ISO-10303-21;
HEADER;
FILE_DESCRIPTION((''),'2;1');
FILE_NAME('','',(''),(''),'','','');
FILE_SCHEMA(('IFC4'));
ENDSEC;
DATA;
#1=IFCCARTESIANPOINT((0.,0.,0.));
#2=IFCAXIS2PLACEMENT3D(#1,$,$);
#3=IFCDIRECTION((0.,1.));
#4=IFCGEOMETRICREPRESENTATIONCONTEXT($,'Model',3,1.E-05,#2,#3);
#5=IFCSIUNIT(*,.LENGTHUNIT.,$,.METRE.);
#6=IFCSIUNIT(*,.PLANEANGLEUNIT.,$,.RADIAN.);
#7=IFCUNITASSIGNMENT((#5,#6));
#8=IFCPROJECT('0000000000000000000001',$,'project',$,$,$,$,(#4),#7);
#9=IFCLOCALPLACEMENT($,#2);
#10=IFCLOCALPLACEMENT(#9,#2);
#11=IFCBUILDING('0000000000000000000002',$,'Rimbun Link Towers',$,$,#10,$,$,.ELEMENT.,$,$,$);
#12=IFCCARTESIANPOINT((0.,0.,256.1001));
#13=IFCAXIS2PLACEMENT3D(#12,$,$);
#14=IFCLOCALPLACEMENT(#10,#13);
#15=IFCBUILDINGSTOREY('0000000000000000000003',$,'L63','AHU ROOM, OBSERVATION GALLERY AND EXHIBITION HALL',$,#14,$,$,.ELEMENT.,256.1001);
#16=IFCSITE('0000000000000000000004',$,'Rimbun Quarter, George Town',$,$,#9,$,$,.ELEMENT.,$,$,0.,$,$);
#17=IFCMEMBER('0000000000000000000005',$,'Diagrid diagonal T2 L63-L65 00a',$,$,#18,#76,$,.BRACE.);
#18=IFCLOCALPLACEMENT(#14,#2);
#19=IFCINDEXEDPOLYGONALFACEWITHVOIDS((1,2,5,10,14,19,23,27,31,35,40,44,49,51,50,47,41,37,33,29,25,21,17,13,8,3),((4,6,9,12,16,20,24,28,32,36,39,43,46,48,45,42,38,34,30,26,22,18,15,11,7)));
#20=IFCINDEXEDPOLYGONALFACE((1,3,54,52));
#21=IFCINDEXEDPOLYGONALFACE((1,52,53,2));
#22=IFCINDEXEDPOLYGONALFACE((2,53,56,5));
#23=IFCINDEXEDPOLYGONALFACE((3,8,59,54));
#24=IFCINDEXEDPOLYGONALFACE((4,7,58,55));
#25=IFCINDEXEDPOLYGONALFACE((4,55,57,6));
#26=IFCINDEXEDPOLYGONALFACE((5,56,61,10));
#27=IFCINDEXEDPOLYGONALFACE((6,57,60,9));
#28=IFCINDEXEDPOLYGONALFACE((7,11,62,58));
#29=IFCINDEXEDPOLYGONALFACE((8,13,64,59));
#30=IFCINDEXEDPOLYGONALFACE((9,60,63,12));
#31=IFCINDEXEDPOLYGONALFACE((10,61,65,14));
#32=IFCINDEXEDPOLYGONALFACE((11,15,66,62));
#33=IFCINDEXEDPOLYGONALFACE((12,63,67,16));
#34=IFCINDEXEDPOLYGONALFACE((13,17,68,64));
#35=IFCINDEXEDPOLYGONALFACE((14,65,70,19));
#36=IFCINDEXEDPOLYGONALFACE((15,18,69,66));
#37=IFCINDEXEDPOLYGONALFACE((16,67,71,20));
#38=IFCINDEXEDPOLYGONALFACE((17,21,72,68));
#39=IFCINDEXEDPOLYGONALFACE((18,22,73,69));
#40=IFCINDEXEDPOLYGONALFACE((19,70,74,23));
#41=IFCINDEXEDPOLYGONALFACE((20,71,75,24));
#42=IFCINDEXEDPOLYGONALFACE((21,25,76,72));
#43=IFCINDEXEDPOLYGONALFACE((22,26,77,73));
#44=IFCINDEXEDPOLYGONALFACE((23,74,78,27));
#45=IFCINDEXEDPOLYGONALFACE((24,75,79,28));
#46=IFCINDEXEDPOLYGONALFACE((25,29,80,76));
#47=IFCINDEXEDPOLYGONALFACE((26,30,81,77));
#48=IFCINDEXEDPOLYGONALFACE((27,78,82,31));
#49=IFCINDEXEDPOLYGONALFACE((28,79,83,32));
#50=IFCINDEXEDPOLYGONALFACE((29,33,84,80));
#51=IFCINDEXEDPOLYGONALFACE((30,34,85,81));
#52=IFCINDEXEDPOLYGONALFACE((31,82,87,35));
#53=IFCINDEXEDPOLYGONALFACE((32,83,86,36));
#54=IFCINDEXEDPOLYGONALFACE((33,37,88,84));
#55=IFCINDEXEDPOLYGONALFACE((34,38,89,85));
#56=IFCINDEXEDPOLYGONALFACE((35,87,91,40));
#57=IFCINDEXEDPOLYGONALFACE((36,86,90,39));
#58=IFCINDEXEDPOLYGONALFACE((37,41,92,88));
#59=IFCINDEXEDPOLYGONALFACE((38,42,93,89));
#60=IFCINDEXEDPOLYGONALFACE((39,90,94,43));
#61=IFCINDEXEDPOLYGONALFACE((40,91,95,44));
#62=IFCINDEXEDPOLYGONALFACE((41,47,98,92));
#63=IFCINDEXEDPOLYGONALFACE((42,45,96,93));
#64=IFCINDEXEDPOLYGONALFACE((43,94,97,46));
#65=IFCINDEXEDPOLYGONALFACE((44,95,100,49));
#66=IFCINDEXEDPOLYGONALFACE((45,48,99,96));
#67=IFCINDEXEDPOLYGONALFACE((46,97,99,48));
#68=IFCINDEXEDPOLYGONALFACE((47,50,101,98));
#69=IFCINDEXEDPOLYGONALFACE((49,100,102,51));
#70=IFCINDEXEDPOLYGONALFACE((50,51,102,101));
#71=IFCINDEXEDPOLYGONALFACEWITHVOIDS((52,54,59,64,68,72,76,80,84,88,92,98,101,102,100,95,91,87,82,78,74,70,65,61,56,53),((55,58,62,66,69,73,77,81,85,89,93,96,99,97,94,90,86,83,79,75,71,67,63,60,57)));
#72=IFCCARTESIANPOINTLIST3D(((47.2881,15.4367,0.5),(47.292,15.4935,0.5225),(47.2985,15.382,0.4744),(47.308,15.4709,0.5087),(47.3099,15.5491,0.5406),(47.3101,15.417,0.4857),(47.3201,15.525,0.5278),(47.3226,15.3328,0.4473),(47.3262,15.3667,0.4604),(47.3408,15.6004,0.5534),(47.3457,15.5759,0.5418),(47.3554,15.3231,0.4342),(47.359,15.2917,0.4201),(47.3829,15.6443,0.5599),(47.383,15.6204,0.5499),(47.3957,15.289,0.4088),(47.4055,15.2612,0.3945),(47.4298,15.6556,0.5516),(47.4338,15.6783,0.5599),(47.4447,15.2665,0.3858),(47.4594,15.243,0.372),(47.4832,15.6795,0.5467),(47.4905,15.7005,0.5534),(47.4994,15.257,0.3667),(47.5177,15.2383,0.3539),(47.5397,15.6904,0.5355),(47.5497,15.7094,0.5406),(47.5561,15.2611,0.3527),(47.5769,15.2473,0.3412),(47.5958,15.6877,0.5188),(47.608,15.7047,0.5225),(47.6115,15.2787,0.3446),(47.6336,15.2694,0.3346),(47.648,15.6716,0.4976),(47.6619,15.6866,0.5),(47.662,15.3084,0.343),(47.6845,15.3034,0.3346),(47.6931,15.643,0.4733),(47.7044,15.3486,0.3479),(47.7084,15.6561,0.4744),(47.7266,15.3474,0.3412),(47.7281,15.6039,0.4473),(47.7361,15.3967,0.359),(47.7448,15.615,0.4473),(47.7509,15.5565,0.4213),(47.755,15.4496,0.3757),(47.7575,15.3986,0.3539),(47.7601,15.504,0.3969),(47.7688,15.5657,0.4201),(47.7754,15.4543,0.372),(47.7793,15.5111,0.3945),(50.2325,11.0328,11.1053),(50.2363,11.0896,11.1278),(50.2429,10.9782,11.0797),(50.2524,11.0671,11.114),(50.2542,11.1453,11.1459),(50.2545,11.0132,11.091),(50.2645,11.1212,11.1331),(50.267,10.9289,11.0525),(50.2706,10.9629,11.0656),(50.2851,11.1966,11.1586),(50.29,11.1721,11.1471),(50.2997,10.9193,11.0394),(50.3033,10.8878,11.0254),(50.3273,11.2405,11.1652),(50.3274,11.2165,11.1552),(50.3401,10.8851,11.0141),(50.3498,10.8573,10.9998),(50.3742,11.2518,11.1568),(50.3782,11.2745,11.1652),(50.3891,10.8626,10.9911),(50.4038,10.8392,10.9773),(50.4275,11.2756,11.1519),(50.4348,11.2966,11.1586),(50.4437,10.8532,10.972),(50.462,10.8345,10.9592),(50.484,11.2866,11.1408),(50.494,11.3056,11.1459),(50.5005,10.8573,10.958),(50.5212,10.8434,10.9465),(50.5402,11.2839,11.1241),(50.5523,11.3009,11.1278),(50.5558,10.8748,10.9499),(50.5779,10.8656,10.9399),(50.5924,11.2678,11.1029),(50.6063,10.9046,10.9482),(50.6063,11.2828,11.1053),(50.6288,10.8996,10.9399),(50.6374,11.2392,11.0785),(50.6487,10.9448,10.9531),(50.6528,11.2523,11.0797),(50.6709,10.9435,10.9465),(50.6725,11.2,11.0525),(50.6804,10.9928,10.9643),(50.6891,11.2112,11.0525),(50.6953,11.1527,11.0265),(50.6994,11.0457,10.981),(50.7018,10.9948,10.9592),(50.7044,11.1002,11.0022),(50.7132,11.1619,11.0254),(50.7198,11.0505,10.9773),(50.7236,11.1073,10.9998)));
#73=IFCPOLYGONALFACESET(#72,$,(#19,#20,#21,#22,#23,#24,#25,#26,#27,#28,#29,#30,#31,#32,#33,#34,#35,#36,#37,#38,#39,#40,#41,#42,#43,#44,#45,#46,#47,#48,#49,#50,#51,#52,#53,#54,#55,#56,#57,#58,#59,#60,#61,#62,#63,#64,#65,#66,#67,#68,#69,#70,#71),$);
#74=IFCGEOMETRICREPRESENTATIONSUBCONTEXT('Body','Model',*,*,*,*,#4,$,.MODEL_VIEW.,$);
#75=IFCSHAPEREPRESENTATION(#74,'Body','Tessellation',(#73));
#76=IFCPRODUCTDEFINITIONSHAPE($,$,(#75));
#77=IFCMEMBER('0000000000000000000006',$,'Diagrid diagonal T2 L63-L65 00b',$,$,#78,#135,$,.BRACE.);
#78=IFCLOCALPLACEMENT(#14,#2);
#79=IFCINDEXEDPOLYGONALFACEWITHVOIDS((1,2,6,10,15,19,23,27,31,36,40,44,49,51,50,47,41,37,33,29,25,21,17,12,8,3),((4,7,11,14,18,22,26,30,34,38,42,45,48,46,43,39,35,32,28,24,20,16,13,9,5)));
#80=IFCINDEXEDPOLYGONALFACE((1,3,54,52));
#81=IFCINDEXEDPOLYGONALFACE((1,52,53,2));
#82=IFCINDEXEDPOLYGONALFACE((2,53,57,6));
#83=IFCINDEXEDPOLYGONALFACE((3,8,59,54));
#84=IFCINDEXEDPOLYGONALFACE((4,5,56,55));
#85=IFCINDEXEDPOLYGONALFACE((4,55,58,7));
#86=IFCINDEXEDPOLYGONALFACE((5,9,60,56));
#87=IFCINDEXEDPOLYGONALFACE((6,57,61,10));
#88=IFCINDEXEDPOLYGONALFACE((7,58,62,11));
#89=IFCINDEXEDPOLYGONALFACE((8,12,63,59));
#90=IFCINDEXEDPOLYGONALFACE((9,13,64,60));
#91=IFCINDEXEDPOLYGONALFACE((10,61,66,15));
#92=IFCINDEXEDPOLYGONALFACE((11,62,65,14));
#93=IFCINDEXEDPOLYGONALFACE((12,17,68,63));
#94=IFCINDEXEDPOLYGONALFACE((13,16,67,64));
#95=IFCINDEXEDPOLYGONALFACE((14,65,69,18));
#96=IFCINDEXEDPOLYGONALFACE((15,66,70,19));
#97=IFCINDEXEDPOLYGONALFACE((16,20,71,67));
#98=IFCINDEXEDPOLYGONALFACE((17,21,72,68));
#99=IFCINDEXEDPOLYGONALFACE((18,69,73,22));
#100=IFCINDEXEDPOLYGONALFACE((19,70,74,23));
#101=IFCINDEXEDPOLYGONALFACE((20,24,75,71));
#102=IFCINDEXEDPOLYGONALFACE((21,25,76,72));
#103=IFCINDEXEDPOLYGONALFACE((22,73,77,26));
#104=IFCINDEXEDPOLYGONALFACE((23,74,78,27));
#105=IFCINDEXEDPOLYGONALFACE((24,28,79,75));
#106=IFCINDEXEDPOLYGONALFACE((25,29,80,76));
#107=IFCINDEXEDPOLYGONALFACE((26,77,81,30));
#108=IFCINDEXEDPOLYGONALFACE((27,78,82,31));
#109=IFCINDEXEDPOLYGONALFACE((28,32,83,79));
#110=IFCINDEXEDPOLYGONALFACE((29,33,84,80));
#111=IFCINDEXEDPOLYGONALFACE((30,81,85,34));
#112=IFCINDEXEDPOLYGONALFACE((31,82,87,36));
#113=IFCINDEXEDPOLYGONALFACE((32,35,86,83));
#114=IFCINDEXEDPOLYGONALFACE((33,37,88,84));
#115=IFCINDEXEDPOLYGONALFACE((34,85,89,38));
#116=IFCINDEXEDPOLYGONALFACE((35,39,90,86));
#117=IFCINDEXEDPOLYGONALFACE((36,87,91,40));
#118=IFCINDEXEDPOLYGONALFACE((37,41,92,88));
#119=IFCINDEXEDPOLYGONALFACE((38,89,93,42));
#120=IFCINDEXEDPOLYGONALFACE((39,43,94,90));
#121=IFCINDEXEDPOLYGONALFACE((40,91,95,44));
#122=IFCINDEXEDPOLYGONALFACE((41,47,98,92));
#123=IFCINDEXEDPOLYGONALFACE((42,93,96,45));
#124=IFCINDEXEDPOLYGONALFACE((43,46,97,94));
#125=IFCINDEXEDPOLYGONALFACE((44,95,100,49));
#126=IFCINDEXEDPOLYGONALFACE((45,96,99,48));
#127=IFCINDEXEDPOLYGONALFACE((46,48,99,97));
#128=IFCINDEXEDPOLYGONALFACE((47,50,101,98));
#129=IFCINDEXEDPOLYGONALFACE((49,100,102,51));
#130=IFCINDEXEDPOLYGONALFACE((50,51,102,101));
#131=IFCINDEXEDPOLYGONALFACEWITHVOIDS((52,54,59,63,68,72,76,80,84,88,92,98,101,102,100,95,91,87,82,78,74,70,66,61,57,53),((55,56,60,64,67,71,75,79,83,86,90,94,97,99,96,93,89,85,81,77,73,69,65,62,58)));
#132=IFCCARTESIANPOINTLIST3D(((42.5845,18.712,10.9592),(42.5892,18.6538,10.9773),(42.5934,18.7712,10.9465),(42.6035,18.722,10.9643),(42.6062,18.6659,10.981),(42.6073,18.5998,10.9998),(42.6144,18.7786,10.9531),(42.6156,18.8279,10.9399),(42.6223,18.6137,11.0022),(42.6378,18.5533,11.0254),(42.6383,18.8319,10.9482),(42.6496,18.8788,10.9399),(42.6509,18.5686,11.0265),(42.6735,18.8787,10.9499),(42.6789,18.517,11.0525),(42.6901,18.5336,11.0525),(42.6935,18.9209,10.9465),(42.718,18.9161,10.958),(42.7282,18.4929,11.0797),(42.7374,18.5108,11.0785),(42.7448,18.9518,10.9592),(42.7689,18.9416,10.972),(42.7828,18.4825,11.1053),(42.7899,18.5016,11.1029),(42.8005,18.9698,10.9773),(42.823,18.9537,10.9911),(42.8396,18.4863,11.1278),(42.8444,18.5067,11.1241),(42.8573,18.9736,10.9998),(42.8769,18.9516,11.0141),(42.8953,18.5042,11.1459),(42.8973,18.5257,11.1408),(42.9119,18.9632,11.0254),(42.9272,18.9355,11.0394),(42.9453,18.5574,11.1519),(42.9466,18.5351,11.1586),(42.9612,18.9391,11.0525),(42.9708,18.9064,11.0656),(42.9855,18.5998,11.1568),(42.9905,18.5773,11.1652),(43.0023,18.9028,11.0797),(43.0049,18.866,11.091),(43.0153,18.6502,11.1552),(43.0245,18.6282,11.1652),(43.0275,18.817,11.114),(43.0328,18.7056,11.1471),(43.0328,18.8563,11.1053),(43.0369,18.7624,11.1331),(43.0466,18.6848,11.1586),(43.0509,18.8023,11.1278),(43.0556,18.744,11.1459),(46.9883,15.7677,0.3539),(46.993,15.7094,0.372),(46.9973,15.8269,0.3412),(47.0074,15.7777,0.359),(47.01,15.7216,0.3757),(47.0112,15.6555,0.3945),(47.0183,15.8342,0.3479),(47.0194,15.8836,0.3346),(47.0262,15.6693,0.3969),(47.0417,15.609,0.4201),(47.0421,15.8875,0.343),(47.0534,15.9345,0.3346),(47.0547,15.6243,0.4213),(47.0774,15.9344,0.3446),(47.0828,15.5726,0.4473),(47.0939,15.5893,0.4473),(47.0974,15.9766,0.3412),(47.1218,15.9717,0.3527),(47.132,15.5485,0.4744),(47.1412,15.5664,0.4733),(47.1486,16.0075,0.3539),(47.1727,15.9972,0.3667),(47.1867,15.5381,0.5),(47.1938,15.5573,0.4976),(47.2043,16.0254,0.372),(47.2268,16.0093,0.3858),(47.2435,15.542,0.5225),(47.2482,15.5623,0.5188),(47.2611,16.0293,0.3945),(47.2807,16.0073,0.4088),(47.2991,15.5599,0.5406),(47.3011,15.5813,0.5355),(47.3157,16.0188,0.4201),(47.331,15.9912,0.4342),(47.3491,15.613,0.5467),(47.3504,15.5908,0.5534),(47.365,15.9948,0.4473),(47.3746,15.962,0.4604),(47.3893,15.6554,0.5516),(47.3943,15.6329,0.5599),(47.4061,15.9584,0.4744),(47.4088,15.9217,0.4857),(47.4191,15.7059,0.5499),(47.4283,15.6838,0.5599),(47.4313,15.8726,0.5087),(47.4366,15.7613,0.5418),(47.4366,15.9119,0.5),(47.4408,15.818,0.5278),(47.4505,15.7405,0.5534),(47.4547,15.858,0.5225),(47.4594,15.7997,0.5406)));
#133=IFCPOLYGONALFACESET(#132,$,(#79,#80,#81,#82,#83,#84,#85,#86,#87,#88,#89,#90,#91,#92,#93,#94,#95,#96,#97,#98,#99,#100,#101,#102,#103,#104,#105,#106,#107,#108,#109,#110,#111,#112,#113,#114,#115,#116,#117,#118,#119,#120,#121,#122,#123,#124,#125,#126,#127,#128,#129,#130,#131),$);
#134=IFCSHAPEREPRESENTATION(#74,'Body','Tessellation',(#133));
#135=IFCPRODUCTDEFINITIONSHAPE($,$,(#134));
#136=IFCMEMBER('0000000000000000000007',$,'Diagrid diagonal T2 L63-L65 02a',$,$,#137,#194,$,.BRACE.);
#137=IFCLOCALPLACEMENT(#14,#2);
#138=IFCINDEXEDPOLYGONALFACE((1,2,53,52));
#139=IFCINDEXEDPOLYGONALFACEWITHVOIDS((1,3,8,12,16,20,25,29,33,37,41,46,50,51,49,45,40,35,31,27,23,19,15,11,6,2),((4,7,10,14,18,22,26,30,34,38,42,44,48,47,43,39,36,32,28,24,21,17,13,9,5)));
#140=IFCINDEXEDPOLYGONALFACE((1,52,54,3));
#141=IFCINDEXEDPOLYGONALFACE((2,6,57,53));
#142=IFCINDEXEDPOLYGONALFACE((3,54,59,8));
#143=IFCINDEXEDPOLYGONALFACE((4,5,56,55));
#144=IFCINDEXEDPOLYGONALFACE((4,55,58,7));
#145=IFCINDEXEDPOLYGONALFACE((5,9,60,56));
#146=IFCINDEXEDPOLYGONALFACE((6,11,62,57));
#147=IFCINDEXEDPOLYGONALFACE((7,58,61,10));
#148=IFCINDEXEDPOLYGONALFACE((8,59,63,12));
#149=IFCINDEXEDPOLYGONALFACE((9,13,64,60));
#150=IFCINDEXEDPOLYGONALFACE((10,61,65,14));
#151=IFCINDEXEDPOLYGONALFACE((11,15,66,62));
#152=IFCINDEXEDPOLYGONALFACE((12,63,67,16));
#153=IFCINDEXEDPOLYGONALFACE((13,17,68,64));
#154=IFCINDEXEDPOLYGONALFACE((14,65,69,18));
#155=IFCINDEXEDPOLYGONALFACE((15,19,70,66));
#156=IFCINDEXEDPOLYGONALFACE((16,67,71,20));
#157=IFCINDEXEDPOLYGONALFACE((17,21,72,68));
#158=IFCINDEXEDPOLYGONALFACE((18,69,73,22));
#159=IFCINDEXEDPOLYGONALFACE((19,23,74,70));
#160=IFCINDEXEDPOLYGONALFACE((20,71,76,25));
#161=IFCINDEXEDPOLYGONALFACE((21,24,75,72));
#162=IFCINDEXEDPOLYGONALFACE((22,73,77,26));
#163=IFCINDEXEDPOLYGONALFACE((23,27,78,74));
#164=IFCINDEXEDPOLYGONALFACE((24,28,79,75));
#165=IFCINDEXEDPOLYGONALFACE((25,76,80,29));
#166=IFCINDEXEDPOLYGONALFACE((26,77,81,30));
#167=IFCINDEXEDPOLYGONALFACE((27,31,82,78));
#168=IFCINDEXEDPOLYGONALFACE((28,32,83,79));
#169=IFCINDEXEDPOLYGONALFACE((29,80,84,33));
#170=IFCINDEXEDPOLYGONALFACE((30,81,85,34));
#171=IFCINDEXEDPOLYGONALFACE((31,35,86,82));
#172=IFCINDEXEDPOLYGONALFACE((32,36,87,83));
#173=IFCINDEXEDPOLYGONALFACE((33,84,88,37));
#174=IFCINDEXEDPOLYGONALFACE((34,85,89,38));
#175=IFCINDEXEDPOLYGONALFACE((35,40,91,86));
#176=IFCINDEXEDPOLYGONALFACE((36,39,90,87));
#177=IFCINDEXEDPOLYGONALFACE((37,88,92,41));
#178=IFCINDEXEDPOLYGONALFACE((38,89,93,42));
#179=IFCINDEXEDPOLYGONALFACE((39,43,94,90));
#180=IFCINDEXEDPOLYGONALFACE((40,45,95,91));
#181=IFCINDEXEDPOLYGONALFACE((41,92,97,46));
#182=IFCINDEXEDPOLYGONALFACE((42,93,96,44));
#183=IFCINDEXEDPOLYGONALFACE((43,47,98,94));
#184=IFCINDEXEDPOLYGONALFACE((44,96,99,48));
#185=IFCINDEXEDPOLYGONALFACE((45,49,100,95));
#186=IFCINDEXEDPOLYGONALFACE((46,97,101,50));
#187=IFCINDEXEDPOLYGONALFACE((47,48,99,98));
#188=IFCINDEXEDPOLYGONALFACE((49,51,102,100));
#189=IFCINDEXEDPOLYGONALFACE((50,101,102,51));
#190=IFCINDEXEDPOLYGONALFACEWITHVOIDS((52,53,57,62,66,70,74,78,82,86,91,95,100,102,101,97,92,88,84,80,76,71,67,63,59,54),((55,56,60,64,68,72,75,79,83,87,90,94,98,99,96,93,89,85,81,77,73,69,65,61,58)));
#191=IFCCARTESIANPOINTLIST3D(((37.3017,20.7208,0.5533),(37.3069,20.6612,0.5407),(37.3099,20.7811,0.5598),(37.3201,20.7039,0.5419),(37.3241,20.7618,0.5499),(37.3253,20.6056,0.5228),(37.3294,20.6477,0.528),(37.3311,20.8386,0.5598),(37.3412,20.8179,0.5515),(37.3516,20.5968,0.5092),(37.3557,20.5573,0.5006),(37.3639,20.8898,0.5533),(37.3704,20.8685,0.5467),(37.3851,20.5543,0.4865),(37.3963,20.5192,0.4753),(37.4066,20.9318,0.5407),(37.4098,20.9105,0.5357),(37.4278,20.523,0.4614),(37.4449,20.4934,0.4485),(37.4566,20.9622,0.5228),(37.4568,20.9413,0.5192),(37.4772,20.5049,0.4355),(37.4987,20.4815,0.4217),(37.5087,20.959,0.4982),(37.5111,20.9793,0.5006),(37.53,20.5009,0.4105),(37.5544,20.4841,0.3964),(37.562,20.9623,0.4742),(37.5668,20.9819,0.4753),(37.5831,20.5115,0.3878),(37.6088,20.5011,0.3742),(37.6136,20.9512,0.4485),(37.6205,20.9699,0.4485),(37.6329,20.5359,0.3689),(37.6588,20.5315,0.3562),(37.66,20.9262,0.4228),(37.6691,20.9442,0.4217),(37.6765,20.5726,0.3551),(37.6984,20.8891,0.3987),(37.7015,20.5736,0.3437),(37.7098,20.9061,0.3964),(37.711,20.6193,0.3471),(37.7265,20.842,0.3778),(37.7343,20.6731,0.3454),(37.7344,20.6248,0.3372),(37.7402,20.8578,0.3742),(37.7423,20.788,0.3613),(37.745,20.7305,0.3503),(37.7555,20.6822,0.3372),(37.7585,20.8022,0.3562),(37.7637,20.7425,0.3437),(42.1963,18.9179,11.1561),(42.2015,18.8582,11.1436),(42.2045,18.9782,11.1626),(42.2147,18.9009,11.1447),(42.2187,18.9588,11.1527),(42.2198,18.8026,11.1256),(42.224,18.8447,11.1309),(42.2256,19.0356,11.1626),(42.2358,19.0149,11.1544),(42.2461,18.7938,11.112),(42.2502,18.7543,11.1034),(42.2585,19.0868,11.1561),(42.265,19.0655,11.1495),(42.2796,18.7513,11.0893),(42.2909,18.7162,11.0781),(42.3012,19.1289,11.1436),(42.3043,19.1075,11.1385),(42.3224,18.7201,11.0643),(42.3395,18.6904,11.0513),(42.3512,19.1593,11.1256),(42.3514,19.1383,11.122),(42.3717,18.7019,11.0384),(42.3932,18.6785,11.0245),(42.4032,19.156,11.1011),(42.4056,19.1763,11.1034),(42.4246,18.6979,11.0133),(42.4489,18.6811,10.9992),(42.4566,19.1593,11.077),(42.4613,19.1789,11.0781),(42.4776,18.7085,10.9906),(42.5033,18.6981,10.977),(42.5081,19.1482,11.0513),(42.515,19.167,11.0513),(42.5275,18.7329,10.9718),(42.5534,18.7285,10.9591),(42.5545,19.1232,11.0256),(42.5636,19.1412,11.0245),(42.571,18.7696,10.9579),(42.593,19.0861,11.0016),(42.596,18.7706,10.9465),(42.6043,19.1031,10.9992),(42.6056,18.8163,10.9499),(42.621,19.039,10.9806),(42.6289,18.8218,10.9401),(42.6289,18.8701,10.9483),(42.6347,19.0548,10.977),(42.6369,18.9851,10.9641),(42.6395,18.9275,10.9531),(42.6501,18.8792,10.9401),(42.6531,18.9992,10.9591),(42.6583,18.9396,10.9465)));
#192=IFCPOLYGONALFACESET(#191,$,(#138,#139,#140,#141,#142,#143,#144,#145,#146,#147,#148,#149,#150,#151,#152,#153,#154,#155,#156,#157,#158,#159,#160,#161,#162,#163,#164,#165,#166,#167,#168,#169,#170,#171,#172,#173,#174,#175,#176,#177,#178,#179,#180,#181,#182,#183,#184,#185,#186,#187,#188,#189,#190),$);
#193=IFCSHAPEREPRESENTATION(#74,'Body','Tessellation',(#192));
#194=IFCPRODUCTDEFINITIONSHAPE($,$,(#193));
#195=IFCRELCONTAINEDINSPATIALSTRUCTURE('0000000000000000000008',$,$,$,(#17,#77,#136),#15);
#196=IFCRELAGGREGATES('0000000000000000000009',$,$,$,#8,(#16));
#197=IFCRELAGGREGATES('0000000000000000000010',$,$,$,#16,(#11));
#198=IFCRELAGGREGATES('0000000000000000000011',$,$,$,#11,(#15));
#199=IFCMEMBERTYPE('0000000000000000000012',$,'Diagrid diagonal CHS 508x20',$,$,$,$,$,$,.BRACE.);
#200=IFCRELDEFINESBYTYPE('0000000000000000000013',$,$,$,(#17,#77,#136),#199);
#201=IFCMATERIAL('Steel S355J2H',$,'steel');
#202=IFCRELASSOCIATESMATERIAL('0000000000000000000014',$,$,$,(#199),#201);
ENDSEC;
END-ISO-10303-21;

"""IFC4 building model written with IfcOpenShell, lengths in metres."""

from ifc_helpers import new_model, si_unit, direction, frame, origin, origin_2d, place, context, subcontext, project, spatial, hollow_circle, extrude, material, material_profile, profile_set, type_object, element, save


model = new_model("IFC4")

# Units and contexts
model_context = context("Model", 3, precision=1e-05, world=origin(), true_north=direction((0.0, 1.0)))
body_context = subcontext(model_context, "Body", "Model", "MODEL_VIEW")
ifc_project = project(units=[si_unit("LENGTHUNIT", "METRE"), si_unit("PLANEANGLEUNIT", "RADIAN")], contexts=[model_context])

# Site, building, storey
site_placement = place(None, origin())
site = spatial("IfcSite", under=ifc_project, at=site_placement, Name="Rimbun Quarter, George Town", CompositionType="ELEMENT", RefElevation=0.0)
building_placement = place(site_placement, origin())
building = spatial("IfcBuilding", under=site, at=building_placement, Name="Rimbun Link Towers", CompositionType="ELEMENT")
storey_placement = place(building_placement, frame((0.0, 0.0, 256.1001)))
storey = spatial("IfcBuildingStorey", under=building, at=storey_placement, Name="L63", Description="AHU ROOM, OBSERVATION GALLERY AND EXHIBITION HALL", CompositionType="ELEMENT", Elevation=256.1001)

# Members
ifc_material_1 = material(Name="Steel S355J2H", Category="steel")
ifc_material_profile_1 = material_profile(ifc_material_1, hollow_circle(Radius=0.2539, WallThickness=0.02, at=origin_2d()), Name="Diagrid diagonal CHS 508x20")
ifc_profile_set_1 = profile_set([ifc_material_profile_1], Name="Steel S355J2H")
member_type_1 = type_object("IfcMemberType", Name="Diagrid diagonal CHS 508x20", PredefinedType="BRACE", material=ifc_profile_set_1)
for number, where, z_axis, x_axis, name in (
    (1, (47.5337, 15.4739, 0.4473), (0.248369, -0.371483, 0.894602), (0.831312, 0.555806, 0.0), "Diagrid diagonal T2 L63-L65 00a"),
    (2, (47.2239, 15.7837, 0.4473), (-0.371483, 0.248369, 0.894602), (-0.555806, -0.831312, 0.0), "Diagrid diagonal T2 L63-L65 00b"),
):
    element("IfcMember", number, at=place(storey_placement, frame(where, z_axis=z_axis, x_axis=x_axis)), inside=storey, type_object=member_type_1, Name=name, PredefinedType="BRACE", context=body_context, shape_type="SweptSolid", body=[
        extrude(hollow_circle(Radius=0.2539, WallThickness=0.02, at=origin_2d()), origin(), (0.0, 0.0, 1.0), 11.8547),
    ])
member_1_placement = place(storey_placement, frame((37.5327, 20.7317, 0.4485), z_axis=(0.414217, -0.152583, 0.897297), x_axis=(0.34566, 0.93836, 0.0)))
element("IfcMember", 3, at=member_1_placement, inside=storey, type_object=member_type_1, Name="Diagrid diagonal T2 L63-L65 02a", PredefinedType="BRACE", context=body_context, shape_type="SweptSolid", body=[
    extrude(hollow_circle(Radius=0.2539, WallThickness=0.02, at=origin_2d()), origin(), (0.0, 0.0, 1.0), 11.8164),
])

save(model, "model.ifc")
